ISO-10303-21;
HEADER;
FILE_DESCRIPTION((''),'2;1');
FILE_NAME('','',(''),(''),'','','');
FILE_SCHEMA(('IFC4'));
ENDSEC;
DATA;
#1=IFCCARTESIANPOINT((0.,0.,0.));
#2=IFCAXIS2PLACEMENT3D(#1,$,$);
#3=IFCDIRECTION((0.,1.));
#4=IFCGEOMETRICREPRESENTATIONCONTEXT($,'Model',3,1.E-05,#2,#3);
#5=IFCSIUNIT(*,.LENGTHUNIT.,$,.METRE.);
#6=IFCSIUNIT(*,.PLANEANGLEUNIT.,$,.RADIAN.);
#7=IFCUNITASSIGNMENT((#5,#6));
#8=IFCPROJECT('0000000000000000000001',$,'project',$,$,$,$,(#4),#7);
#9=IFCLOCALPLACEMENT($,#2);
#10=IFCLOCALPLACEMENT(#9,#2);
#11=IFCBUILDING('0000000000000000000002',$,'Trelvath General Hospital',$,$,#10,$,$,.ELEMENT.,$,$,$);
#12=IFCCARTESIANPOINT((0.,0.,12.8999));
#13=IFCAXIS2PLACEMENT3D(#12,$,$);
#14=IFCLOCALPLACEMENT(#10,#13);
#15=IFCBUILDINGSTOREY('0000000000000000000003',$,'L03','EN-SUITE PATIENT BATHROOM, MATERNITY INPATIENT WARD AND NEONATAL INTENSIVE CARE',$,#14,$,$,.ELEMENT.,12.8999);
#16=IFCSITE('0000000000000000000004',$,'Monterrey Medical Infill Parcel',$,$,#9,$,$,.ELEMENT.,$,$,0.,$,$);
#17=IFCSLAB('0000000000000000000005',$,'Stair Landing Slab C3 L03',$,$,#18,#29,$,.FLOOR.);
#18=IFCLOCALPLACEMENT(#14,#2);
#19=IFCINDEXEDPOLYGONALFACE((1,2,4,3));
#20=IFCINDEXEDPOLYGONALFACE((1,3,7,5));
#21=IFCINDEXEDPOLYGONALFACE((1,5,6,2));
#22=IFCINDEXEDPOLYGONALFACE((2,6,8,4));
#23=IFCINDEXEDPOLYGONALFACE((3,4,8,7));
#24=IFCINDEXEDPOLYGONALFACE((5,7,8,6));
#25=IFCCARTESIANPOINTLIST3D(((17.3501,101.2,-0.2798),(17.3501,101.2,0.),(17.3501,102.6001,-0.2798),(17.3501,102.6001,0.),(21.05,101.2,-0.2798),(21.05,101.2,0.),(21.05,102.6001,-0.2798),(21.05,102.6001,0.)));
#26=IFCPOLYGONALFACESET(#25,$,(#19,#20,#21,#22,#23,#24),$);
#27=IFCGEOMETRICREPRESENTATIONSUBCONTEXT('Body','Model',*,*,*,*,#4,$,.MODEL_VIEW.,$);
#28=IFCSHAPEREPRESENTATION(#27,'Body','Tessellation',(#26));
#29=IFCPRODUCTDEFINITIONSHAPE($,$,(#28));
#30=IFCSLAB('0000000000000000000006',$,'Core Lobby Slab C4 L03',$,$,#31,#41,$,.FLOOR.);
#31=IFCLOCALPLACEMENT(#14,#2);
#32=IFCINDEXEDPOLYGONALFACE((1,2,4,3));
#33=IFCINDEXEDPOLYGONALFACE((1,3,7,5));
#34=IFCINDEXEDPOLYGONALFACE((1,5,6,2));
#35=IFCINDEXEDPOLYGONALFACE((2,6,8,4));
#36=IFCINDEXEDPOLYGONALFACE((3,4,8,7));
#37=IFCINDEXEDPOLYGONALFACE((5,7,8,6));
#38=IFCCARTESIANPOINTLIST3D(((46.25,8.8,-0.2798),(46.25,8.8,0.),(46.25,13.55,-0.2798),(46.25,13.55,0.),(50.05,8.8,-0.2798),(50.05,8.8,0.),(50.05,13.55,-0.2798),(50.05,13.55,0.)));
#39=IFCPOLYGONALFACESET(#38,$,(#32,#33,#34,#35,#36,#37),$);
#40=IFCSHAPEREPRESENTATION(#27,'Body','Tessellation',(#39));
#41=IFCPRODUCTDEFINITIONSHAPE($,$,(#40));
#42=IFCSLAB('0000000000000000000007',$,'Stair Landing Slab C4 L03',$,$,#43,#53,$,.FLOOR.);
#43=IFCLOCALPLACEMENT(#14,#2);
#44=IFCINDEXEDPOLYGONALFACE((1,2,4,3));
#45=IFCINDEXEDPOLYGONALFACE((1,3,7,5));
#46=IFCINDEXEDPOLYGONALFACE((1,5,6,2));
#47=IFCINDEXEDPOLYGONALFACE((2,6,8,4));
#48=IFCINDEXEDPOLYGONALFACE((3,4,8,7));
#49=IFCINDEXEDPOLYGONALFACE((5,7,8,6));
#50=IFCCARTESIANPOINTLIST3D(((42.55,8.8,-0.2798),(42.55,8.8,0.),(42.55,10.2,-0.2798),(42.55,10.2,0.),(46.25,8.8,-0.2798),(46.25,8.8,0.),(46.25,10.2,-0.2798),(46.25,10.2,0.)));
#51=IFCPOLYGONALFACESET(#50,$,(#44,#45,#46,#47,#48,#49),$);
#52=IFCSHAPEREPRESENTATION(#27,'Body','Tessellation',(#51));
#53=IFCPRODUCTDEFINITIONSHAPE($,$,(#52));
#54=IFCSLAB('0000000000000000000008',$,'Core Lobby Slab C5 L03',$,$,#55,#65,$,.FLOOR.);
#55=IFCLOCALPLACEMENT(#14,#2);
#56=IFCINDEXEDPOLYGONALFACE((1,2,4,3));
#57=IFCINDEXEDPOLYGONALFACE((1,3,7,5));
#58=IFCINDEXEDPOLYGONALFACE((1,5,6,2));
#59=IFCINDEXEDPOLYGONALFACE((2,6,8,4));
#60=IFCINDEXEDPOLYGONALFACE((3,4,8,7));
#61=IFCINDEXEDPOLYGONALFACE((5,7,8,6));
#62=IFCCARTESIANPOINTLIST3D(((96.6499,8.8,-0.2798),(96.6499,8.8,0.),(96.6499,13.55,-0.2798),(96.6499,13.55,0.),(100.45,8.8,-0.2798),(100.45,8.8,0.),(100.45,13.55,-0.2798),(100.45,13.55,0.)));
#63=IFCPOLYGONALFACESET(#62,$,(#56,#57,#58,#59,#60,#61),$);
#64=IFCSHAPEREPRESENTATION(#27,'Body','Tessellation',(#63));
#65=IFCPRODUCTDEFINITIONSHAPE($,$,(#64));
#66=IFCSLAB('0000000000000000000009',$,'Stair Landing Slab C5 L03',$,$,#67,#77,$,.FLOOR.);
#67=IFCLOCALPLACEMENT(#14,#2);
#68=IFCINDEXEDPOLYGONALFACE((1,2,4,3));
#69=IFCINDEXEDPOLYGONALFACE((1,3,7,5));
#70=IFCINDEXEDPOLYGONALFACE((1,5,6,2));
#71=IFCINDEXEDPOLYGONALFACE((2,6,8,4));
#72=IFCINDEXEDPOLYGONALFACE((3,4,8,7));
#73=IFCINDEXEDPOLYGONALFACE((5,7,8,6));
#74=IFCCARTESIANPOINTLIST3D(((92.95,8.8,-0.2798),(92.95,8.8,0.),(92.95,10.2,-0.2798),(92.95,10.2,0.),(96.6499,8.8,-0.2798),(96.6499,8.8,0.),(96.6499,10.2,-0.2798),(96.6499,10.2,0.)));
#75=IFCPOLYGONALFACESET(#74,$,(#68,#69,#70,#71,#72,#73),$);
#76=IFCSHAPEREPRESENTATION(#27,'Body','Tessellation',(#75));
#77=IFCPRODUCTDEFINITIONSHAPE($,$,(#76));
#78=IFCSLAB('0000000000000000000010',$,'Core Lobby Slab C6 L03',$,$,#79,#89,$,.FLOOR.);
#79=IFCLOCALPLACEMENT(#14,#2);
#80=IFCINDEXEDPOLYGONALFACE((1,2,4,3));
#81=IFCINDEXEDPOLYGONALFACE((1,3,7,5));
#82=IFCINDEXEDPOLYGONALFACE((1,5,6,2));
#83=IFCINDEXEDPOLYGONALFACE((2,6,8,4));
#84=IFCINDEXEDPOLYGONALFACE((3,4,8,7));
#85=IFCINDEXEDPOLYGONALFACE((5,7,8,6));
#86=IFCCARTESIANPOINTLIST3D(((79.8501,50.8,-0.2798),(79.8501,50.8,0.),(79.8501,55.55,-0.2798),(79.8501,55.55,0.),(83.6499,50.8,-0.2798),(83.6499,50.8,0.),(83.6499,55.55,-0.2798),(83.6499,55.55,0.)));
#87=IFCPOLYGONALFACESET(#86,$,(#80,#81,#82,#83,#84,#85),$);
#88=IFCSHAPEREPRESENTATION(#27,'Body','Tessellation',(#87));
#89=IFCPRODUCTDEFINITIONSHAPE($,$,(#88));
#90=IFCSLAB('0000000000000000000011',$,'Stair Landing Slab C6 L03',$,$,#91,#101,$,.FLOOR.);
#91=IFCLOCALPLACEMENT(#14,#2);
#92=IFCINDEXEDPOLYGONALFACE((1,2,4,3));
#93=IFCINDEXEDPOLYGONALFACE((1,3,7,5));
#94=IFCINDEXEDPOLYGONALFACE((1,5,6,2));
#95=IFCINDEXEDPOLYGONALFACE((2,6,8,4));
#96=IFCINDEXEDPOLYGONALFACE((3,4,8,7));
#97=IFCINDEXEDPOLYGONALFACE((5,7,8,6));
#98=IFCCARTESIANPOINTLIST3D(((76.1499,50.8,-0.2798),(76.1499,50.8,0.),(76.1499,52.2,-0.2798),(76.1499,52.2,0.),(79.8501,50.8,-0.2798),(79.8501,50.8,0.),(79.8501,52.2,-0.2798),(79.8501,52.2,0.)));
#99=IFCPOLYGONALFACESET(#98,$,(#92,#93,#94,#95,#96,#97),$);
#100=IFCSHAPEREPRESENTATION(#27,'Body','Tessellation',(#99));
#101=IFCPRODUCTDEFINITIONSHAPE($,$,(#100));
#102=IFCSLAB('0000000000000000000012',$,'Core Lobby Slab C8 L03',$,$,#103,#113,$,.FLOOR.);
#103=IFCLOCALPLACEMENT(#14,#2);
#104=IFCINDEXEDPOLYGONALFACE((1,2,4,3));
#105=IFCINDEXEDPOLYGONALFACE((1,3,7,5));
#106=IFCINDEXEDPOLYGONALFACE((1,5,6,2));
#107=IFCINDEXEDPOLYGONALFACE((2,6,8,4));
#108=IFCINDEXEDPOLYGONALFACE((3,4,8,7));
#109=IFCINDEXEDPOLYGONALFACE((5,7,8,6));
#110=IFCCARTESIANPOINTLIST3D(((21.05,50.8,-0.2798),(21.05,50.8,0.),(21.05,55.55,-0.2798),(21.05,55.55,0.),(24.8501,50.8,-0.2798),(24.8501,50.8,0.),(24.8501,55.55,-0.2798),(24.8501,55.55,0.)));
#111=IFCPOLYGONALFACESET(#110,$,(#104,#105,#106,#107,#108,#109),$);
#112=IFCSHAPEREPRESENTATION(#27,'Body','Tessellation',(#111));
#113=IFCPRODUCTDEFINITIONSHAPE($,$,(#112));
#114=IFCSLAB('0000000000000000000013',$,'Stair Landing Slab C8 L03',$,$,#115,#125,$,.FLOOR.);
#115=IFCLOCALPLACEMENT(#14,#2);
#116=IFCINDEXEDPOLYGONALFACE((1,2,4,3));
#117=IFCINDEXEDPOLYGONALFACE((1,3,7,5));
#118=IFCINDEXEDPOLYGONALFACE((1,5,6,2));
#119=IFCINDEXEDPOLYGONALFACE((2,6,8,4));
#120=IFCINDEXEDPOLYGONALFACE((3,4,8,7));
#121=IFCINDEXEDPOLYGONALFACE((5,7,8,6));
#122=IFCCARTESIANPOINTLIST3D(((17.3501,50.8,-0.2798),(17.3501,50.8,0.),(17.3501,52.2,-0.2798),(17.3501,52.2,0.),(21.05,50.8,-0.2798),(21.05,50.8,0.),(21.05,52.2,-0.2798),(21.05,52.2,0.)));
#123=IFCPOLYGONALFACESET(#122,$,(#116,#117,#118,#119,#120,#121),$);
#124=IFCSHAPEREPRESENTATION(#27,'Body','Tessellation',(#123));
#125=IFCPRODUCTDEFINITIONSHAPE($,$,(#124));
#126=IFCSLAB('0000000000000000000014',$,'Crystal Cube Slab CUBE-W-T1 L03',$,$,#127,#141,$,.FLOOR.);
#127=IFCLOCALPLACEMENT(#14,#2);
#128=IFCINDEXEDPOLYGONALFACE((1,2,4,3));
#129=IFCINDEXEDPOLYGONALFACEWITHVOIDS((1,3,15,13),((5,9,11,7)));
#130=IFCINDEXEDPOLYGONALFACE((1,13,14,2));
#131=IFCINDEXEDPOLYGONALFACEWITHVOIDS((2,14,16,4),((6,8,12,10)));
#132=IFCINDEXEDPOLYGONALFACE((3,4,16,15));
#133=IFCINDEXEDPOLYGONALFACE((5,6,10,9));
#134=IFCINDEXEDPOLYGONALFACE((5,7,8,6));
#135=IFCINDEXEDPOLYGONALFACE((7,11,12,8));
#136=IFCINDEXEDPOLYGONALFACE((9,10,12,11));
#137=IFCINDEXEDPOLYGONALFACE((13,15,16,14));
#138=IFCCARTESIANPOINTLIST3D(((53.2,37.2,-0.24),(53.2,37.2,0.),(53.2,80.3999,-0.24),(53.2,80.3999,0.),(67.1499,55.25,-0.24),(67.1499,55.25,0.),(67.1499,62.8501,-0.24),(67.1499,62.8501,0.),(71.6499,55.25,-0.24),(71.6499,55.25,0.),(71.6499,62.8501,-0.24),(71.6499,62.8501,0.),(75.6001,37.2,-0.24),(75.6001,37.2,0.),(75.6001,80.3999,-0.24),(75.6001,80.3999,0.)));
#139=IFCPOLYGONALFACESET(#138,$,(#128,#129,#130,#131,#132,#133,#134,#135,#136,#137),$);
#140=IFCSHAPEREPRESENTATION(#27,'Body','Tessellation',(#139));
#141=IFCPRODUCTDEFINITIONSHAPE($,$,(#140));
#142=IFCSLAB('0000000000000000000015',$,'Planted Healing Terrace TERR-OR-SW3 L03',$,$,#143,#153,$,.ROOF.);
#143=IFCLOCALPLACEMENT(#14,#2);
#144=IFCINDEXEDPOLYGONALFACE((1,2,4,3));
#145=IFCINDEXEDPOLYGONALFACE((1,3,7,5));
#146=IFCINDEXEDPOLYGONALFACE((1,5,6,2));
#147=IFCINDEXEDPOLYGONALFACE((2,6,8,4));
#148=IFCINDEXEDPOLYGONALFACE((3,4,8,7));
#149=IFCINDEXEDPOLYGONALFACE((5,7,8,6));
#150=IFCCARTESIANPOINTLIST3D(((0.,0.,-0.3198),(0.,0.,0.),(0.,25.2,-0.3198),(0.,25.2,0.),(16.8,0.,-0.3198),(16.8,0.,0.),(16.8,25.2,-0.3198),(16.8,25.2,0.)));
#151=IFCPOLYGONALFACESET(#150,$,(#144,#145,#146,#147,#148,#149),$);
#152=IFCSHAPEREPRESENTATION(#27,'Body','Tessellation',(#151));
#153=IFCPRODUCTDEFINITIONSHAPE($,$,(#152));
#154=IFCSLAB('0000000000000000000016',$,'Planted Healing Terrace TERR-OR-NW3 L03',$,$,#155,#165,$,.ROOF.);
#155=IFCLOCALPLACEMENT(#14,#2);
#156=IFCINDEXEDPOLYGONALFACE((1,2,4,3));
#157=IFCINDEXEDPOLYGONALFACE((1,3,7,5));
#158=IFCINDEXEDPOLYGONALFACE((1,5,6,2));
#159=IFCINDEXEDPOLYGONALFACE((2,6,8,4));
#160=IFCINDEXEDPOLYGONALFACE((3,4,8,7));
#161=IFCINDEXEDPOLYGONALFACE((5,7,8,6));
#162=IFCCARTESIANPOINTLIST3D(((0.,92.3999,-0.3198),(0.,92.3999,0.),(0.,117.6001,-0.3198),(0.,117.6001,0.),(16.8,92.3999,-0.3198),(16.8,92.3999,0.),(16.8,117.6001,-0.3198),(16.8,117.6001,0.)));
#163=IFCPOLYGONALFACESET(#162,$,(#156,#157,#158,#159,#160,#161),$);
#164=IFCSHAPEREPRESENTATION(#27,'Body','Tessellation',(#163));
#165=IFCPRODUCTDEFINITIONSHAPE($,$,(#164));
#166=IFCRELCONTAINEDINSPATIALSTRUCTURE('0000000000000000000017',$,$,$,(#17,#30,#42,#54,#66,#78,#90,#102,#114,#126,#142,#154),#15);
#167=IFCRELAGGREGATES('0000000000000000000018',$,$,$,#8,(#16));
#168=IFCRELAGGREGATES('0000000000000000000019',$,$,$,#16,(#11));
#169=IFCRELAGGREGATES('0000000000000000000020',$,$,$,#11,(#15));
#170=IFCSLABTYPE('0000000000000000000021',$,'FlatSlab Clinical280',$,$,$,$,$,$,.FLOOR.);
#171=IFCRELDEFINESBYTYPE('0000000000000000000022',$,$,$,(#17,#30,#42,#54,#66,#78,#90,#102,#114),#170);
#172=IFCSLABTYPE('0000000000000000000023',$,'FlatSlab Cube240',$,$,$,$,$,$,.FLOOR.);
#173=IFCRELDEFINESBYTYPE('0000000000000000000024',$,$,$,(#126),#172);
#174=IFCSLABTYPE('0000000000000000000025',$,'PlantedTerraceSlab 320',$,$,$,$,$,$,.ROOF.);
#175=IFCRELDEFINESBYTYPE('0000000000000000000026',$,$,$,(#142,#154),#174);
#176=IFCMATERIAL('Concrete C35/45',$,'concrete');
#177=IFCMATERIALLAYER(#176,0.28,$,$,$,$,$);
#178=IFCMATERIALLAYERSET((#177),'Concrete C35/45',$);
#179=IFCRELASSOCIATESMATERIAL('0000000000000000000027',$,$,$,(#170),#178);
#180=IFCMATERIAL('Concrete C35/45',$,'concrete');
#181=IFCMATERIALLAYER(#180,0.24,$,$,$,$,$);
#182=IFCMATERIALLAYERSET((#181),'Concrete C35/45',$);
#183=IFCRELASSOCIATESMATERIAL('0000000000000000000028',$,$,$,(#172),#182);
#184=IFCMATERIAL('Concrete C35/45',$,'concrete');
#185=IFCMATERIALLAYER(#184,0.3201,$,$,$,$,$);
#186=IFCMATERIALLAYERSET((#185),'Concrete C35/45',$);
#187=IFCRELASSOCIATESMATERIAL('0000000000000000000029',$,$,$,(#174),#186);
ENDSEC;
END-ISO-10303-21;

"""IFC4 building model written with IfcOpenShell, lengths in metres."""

from ifc_helpers import new_model, si_unit, direction, frame, origin, place, context, subcontext, project, spatial, polyline, outline, extrude, material, layer, layer_set, type_object, element, save


model = new_model("IFC4")

# Units and contexts
model_context = context("Model", 3, precision=1e-05, world=origin(), true_north=direction((0.0, 1.0)))
body_context = subcontext(model_context, "Body", "Model", "MODEL_VIEW")
ifc_project = project(units=[si_unit("LENGTHUNIT", "METRE"), si_unit("PLANEANGLEUNIT", "RADIAN")], contexts=[model_context])

# Site, building, storey
site_placement = place(None, origin())
site = spatial("IfcSite", under=ifc_project, at=site_placement, Name="Monterrey Medical Infill Parcel", CompositionType="ELEMENT", RefElevation=0.0)
building_placement = place(site_placement, origin())
building = spatial("IfcBuilding", under=site, at=building_placement, Name="Trelvath General Hospital", CompositionType="ELEMENT")
storey_placement = place(building_placement, frame((0.0, 0.0, 12.8999)))
storey = spatial("IfcBuildingStorey", under=building, at=storey_placement, Name="L03", Description="EN-SUITE PATIENT BATHROOM, MATERNITY INPATIENT WARD AND NEONATAL INTENSIVE CARE", CompositionType="ELEMENT", Elevation=12.8999)

# Slabs
ifc_material_1 = material(Name="Concrete C35/45", Category="concrete")
ifc_layer_1 = layer(ifc_material_1, 0.28)
ifc_layer_set_1 = layer_set([ifc_layer_1], Name="Concrete C35/45")
slab_type_1 = type_object("IfcSlabType", Name="FlatSlab Clinical280", PredefinedType="FLOOR", material=ifc_layer_set_1)
slab_1_placement = place(storey_placement, frame((0.0, 0.0, -0.2798)))
element("IfcSlab", 1, at=slab_1_placement, inside=storey, type_object=slab_type_1, Name="Stair Landing Slab C3 L03", PredefinedType="FLOOR", context=body_context, shape_type="SweptSolid", body=[
    extrude(outline(polyline([(17.3501, 101.2), (21.05, 101.2), (21.05, 102.6001), (17.3501, 102.6001), (17.3501, 101.2)])), origin(), (0.0, 0.0, 1.0), 0.2798),
])
slab_2_placement = place(storey_placement, frame((0.0, 0.0, -0.2798)))
element("IfcSlab", 2, at=slab_2_placement, inside=storey, type_object=slab_type_1, Name="Core Lobby Slab C4 L03", PredefinedType="FLOOR", context=body_context, shape_type="SweptSolid", body=[
    extrude(outline(polyline([(46.25, 8.8), (50.05, 8.8), (50.05, 13.55), (46.25, 13.55), (46.25, 8.8)])), origin(), (0.0, 0.0, 1.0), 0.2798),
])
slab_3_placement = place(storey_placement, frame((0.0, 0.0, -0.2798)))
element("IfcSlab", 3, at=slab_3_placement, inside=storey, type_object=slab_type_1, Name="Stair Landing Slab C4 L03", PredefinedType="FLOOR", context=body_context, shape_type="SweptSolid", body=[
    extrude(outline(polyline([(42.55, 8.8), (46.25, 8.8), (46.25, 10.2), (42.55, 10.2), (42.55, 8.8)])), origin(), (0.0, 0.0, 1.0), 0.2798),
])
slab_4_placement = place(storey_placement, frame((0.0, 0.0, -0.2798)))
element("IfcSlab", 4, at=slab_4_placement, inside=storey, type_object=slab_type_1, Name="Core Lobby Slab C5 L03", PredefinedType="FLOOR", context=body_context, shape_type="SweptSolid", body=[
    extrude(outline(polyline([(96.6499, 8.8), (100.45, 8.8), (100.45, 13.55), (96.6499, 13.55), (96.6499, 8.8)])), origin(), (0.0, 0.0, 1.0), 0.2798),
])
slab_5_placement = place(storey_placement, frame((0.0, 0.0, -0.2798)))
element("IfcSlab", 5, at=slab_5_placement, inside=storey, type_object=slab_type_1, Name="Stair Landing Slab C5 L03", PredefinedType="FLOOR", context=body_context, shape_type="SweptSolid", body=[
    extrude(outline(polyline([(92.95, 8.8), (96.6499, 8.8), (96.6499, 10.2), (92.95, 10.2), (92.95, 8.8)])), origin(), (0.0, 0.0, 1.0), 0.2798),
])
slab_6_placement = place(storey_placement, frame((0.0, 0.0, -0.2798)))
element("IfcSlab", 6, at=slab_6_placement, inside=storey, type_object=slab_type_1, Name="Core Lobby Slab C6 L03", PredefinedType="FLOOR", context=body_context, shape_type="SweptSolid", body=[
    extrude(outline(polyline([(79.8501, 50.8), (83.6499, 50.8), (83.6499, 55.55), (79.8501, 55.55), (79.8501, 50.8)])), origin(), (0.0, 0.0, 1.0), 0.2798),
])
slab_7_placement = place(storey_placement, frame((0.0, 0.0, -0.2798)))
element("IfcSlab", 7, at=slab_7_placement, inside=storey, type_object=slab_type_1, Name="Stair Landing Slab C6 L03", PredefinedType="FLOOR", context=body_context, shape_type="SweptSolid", body=[
    extrude(outline(polyline([(76.1499, 50.8), (79.8501, 50.8), (79.8501, 52.2), (76.1499, 52.2), (76.1499, 50.8)])), origin(), (0.0, 0.0, 1.0), 0.2798),
])
slab_8_placement = place(storey_placement, frame((0.0, 0.0, -0.2798)))
element("IfcSlab", 8, at=slab_8_placement, inside=storey, type_object=slab_type_1, Name="Core Lobby Slab C8 L03", PredefinedType="FLOOR", context=body_context, shape_type="SweptSolid", body=[
    extrude(outline(polyline([(21.05, 50.8), (24.8501, 50.8), (24.8501, 55.55), (21.05, 55.55), (21.05, 50.8)])), origin(), (0.0, 0.0, 1.0), 0.2798),
])
slab_9_placement = place(storey_placement, frame((0.0, 0.0, -0.2798)))
element("IfcSlab", 9, at=slab_9_placement, inside=storey, type_object=slab_type_1, Name="Stair Landing Slab C8 L03", PredefinedType="FLOOR", context=body_context, shape_type="SweptSolid", body=[
    extrude(outline(polyline([(17.3501, 50.8), (21.05, 50.8), (21.05, 52.2), (17.3501, 52.2), (17.3501, 50.8)])), origin(), (0.0, 0.0, 1.0), 0.2798),
])
ifc_material_2 = material(Name="Concrete C35/45", Category="concrete")
ifc_layer_2 = layer(ifc_material_2, 0.24)
ifc_layer_set_2 = layer_set([ifc_layer_2], Name="Concrete C35/45")
slab_type_2 = type_object("IfcSlabType", Name="FlatSlab Cube240", PredefinedType="FLOOR", material=ifc_layer_set_2)
slab_10_placement = place(storey_placement, frame((0.0, 0.0, -0.24)))
element("IfcSlab", 10, at=slab_10_placement, inside=storey, type_object=slab_type_2, Name="Crystal Cube Slab CUBE-W-T1 L03", PredefinedType="FLOOR", context=body_context, shape_type="SweptSolid", body=[
    extrude(outline(polyline([(53.2, 37.2), (75.6001, 37.2), (75.6001, 80.3999), (53.2, 80.3999), (53.2, 37.2)]), holes=[polyline([(67.1499, 55.25), (71.6499, 55.25), (71.6499, 62.8501), (67.1499, 62.8501), (67.1499, 55.25)])]), origin(), (0.0, 0.0, 1.0), 0.24),
])
ifc_material_3 = material(Name="Concrete C35/45", Category="concrete")
ifc_layer_3 = layer(ifc_material_3, 0.3201)
ifc_layer_set_3 = layer_set([ifc_layer_3], Name="Concrete C35/45")
slab_type_3 = type_object("IfcSlabType", Name="PlantedTerraceSlab 320", PredefinedType="ROOF", material=ifc_layer_set_3)
slab_11_placement = place(storey_placement, frame((0.0, 0.0, -0.3198)))
element("IfcSlab", 11, at=slab_11_placement, inside=storey, type_object=slab_type_3, Name="Planted Healing Terrace TERR-OR-SW3 L03", PredefinedType="ROOF", context=body_context, shape_type="SweptSolid", body=[
    extrude(outline(polyline([(0.0, 0.0), (16.8, 0.0), (16.8, 25.2), (0.0, 25.2), (0.0, 0.0)])), origin(), (0.0, 0.0, 1.0), 0.3198),
])
slab_12_placement = place(storey_placement, frame((0.0, 0.0, -0.3198)))
element("IfcSlab", 12, at=slab_12_placement, inside=storey, type_object=slab_type_3, Name="Planted Healing Terrace TERR-OR-NW3 L03", PredefinedType="ROOF", context=body_context, shape_type="SweptSolid", body=[
    extrude(outline(polyline([(0.0, 92.3999), (16.8, 92.3999), (16.8, 117.6001), (0.0, 117.6001), (0.0, 92.3999)])), origin(), (0.0, 0.0, 1.0), 0.3198),
])

save(model, "model.ifc")
